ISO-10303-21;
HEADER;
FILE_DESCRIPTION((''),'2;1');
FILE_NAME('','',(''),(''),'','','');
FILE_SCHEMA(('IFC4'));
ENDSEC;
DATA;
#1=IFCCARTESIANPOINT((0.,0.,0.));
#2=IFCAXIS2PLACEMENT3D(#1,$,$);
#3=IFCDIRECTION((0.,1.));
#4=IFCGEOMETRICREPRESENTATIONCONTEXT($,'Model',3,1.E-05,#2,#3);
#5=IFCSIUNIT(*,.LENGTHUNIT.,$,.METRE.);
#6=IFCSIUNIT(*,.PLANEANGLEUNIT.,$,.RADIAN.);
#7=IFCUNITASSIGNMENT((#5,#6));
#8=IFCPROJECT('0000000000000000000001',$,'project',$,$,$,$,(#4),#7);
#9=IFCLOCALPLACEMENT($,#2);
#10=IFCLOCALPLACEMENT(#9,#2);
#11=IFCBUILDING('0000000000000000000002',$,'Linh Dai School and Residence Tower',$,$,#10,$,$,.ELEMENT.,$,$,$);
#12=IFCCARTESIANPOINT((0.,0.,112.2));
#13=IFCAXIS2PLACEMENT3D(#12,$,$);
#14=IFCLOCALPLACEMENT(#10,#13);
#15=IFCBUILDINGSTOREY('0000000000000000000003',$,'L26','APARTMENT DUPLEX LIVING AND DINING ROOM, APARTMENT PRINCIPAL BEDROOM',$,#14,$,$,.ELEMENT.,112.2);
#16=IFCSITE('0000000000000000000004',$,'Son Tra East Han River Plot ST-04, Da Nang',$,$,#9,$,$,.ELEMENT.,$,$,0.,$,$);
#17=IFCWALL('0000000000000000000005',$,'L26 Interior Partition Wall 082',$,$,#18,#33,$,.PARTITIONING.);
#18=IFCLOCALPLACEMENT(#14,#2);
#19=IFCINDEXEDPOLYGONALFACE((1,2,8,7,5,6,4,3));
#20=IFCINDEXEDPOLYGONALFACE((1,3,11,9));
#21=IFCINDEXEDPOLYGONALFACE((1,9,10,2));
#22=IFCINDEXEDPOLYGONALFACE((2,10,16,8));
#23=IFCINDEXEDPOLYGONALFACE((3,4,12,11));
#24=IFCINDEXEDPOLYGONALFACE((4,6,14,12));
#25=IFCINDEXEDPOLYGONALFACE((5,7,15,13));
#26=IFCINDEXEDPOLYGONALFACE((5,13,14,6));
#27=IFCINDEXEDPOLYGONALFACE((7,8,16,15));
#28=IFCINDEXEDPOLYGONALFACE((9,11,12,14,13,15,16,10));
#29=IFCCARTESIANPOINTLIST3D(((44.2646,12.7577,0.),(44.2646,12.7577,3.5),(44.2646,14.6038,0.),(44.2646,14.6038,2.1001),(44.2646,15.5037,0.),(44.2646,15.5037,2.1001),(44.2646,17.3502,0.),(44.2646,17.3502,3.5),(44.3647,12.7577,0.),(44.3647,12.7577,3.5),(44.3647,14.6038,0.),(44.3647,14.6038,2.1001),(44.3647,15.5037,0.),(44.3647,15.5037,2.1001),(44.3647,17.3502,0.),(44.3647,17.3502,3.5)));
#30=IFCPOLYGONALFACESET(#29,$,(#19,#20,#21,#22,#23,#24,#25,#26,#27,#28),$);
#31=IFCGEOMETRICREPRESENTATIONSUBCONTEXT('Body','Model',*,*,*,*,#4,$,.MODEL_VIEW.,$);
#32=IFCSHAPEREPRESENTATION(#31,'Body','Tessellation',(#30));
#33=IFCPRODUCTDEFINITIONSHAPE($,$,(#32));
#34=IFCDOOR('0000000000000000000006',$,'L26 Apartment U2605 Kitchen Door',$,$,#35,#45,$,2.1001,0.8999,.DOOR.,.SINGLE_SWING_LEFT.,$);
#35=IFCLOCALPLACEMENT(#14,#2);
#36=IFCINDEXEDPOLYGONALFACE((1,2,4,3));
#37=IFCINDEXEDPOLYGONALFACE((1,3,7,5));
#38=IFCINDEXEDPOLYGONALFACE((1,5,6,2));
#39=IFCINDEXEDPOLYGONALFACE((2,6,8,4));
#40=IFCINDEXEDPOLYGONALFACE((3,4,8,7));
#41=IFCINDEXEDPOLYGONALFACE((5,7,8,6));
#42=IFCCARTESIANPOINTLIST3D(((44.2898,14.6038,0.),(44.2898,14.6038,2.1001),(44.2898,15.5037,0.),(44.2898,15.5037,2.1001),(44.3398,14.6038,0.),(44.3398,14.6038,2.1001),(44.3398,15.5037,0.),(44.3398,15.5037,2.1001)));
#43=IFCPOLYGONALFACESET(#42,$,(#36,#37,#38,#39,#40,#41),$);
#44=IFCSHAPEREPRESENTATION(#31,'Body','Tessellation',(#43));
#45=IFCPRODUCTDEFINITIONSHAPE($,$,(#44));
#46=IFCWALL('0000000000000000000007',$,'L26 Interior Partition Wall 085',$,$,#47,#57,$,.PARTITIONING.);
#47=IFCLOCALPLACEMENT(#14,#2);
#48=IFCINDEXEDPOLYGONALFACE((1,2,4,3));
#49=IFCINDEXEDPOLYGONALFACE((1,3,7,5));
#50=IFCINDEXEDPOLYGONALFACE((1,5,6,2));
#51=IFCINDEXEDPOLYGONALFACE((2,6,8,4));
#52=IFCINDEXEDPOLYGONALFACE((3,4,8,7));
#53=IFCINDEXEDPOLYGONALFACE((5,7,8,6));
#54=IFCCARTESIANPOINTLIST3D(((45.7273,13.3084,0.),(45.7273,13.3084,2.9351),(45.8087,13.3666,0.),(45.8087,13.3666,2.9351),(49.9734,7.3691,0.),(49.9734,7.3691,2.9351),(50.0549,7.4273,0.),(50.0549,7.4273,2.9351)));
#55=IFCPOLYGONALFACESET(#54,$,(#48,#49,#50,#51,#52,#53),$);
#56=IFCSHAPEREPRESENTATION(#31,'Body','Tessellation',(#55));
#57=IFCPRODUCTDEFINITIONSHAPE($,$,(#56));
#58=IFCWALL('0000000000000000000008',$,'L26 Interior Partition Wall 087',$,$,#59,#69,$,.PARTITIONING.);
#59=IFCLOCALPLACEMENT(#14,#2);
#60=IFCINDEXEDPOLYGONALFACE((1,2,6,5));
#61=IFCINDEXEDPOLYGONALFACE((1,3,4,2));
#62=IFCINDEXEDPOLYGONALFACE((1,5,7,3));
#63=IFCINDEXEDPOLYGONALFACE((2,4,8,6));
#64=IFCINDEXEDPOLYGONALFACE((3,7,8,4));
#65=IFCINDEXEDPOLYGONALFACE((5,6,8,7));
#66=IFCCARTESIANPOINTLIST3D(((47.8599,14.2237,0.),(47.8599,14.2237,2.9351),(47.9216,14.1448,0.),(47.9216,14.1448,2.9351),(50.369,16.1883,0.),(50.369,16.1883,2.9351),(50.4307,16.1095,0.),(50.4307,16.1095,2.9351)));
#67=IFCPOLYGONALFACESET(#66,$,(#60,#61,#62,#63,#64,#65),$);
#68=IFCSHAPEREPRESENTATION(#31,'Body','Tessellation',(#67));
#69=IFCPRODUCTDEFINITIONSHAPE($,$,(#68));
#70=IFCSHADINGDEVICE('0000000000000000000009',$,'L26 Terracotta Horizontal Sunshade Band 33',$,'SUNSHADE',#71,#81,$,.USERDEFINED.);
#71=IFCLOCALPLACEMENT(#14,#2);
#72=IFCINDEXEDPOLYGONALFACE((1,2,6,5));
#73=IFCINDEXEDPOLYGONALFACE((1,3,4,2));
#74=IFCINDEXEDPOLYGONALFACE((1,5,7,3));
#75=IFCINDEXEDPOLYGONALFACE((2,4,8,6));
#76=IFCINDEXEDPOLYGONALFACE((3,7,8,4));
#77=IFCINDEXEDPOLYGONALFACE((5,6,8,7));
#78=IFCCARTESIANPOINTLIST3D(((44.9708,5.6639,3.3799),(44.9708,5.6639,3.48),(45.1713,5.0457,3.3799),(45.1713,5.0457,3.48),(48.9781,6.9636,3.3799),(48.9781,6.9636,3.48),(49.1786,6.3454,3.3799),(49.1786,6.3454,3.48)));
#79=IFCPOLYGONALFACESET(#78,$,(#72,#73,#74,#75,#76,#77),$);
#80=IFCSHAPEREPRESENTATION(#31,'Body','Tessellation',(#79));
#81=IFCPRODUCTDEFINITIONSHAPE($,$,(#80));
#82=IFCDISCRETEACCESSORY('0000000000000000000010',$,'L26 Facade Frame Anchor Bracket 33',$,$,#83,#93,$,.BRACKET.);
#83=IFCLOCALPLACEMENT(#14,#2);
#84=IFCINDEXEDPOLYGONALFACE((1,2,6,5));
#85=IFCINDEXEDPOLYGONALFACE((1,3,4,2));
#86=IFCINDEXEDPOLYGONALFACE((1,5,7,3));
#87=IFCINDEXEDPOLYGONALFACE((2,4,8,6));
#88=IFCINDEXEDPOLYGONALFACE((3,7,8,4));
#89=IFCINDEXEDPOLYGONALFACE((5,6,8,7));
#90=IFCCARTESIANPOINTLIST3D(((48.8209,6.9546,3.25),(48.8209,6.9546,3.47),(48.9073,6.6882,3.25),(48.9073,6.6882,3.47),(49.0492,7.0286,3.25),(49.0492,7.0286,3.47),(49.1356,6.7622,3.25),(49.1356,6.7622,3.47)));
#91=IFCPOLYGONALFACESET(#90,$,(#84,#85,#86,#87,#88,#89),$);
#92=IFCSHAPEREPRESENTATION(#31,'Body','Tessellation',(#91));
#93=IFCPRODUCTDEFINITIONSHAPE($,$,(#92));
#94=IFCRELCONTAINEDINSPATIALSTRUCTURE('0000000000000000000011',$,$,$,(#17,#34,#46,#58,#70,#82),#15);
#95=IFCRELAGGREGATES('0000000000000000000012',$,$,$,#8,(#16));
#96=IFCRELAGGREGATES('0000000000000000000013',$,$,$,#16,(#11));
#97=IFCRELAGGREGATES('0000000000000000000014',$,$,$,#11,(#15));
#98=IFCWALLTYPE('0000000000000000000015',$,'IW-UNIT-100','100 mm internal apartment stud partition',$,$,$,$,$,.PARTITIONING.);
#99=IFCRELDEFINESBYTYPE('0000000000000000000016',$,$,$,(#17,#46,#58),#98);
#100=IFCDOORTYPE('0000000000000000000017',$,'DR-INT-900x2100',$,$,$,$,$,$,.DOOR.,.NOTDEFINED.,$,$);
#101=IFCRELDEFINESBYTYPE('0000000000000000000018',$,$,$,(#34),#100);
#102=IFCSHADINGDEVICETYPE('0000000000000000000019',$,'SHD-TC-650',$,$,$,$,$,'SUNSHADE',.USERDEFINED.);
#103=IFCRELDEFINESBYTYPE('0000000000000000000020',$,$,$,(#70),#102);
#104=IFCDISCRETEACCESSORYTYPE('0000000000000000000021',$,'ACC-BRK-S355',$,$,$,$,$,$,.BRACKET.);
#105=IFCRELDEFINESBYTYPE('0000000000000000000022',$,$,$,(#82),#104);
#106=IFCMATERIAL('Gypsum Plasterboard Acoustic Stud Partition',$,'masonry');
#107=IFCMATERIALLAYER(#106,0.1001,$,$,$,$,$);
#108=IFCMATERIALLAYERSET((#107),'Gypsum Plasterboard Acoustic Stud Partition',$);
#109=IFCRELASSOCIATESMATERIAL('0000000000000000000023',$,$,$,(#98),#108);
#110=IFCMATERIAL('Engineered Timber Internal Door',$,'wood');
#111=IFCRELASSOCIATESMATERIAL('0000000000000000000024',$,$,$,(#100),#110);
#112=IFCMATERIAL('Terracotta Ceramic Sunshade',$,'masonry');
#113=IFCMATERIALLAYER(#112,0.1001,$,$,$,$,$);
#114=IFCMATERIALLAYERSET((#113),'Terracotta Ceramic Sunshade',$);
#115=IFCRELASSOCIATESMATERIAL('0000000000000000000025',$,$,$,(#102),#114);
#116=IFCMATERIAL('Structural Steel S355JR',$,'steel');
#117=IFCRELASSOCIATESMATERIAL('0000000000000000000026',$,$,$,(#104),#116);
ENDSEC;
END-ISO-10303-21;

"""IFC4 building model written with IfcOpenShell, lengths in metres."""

from ifc_helpers import new_model, si_unit, direction, frame, frame_2d, origin, origin_2d, place, context, subcontext, project, spatial, rectangle, extrude, source, transform, mapped, material, layer, layer_set, type_object, element, fill, save


model = new_model("IFC4")

# Units and contexts
model_context = context("Model", 3, precision=1e-05, world=origin(), true_north=direction((0.0, 1.0)))
body_context = subcontext(model_context, "Body", "Model", "MODEL_VIEW")
ifc_project = project(units=[si_unit("LENGTHUNIT", "METRE"), si_unit("PLANEANGLEUNIT", "RADIAN")], contexts=[model_context])

# Site, building, storey
site_placement = place(None, origin())
site = spatial("IfcSite", under=ifc_project, at=site_placement, Name="Son Tra East Han River Plot ST-04, Da Nang", CompositionType="ELEMENT", RefElevation=0.0)
building_placement = place(site_placement, origin())
building = spatial("IfcBuilding", under=site, at=building_placement, Name="Linh Dai School and Residence Tower", CompositionType="ELEMENT")
storey_placement = place(building_placement, frame((0.0, 0.0, 112.2)))
storey = spatial("IfcBuildingStorey", under=building, at=storey_placement, Name="L26", Description="APARTMENT DUPLEX LIVING AND DINING ROOM, APARTMENT PRINCIPAL BEDROOM", CompositionType="ELEMENT", Elevation=112.2)

# Shared definitions
ifc_material_1 = material(Name="Structural Steel S355JR", Category="steel")

# Wall, opening, door
ifc_material_2 = material(Name="Gypsum Plasterboard Acoustic Stud Partition", Category="masonry")
ifc_layer_1 = layer(ifc_material_2, 0.1001)
ifc_layer_set_1 = layer_set([ifc_layer_1], Name="Gypsum Plasterboard Acoustic Stud Partition")
wall_type_1 = type_object("IfcWallType", Name="IW-UNIT-100", Description="100 mm internal apartment stud partition", PredefinedType="PARTITIONING", material=ifc_layer_set_1)
wall_1_placement = place(storey_placement, frame((44.3147, 12.7576, 0.0), z_axis=(0.0, 0.0, 1.0), x_axis=(0.0, 1.0, 0.0)))
wall_1 = element("IfcWall", 1, at=wall_1_placement, inside=storey, type_object=wall_type_1, Name="L26 Interior Partition Wall 082", PredefinedType="PARTITIONING", context=body_context, shape_type="SweptSolid", body=[
    extrude(rectangle(XDim=4.5925, YDim=0.1001, at=frame_2d((2.2964, 0.0))), origin(), (0.0, 0.0, 1.0), 3.5),
])
opening_1_placement = place(wall_1_placement, frame((1.8462, 0.0, 0.0)))
opening_1 = element("IfcOpeningElement", 2, at=opening_1_placement, cuts=wall_1, PredefinedType="OPENING", context=body_context, shape_type="SweptSolid", body=[
    extrude(rectangle(XDim=0.8999, YDim=2.1001, at=origin_2d()), frame((0.45, 0.0601, 1.05), z_axis=(0.0, -1.0, 0.0), x_axis=(1.0, 0.0, 0.0)), (0.0, 0.0, 1.0), 0.1201),
])
ifc_material_3 = material(Name="Engineered Timber Internal Door", Category="wood")
door_type_1 = type_object("IfcDoorType", Name="DR-INT-900x2100", OperationType="NOTDEFINED", PredefinedType="DOOR", material=ifc_material_3)
shared_shape_1 = source(origin(), body_context, "Body", "SweptSolid", [
    extrude(rectangle(XDim=0.8999, YDim=2.1001, at=origin_2d()), frame((0.45, 0.0249, 1.05), z_axis=(0.0, -1.0, 0.0), x_axis=(1.0, 0.0, 0.0)), (0.0, 0.0, 1.0), 0.05),
])
door_1_placement = place(opening_1_placement, origin())
door_1 = element("IfcDoor", 3, at=door_1_placement, inside=storey, type_object=door_type_1, Name="L26 Apartment U2605 Kitchen Door", OperationType="SINGLE_SWING_LEFT", OverallHeight=2.1001, OverallWidth=0.8999, PredefinedType="DOOR", context=body_context, shape_type="MappedRepresentation", body=[
    mapped(shared_shape_1, transform((0.0, 0.0, 0.0), x_axis=(1.0, 0.0, 0.0), y_axis=(0.0, 1.0, 0.0), z_axis=(0.0, 0.0, 1.0), scale=1.0)),
])
fill(opening_1, door_1)

# Walls
wall_2_placement = place(storey_placement, frame((45.7681, 13.3374, 0.0), z_axis=(0.0, 0.0, 1.0), x_axis=(0.581583, -0.813487, 0.0)))
element("IfcWall", 4, at=wall_2_placement, inside=storey, type_object=wall_type_1, Name="L26 Interior Partition Wall 085", PredefinedType="PARTITIONING", context=body_context, shape_type="SweptSolid", body=[
    extrude(rectangle(XDim=7.301, YDim=0.1001, at=frame_2d((3.6504, 0.0))), origin(), (0.0, 0.0, 1.0), 2.9351),
])
wall_3_placement = place(storey_placement, frame((47.8909, 14.1843, 0.0), z_axis=(0.0, 0.0, 1.0), x_axis=(0.787351, 0.616504, 0.0)))
element("IfcWall", 5, at=wall_3_placement, inside=storey, type_object=wall_type_1, Name="L26 Interior Partition Wall 087", PredefinedType="PARTITIONING", context=body_context, shape_type="SweptSolid", body=[
    extrude(rectangle(XDim=3.1868, YDim=0.1001, at=frame_2d((1.5933, 0.0))), origin(), (0.0, 0.0, 1.0), 2.9351),
])

# Shading device
ifc_material_4 = material(Name="Terracotta Ceramic Sunshade", Category="masonry")
ifc_layer_2 = layer(ifc_material_4, 0.1001)
ifc_layer_set_2 = layer_set([ifc_layer_2], Name="Terracotta Ceramic Sunshade")
shading_device_type = type_object("IfcShadingDeviceType", Name="SHD-TC-650", ElementType="SUNSHADE", PredefinedType="USERDEFINED", material=ifc_layer_set_2)
shared_shape_2 = source(origin(), body_context, "Body", "SweptSolid", [
    extrude(rectangle(XDim=4.2129, YDim=0.6499, at=origin_2d()), origin(), (0.0, 0.0, 1.0), 0.1001),
])
shading_device_placement = place(storey_placement, frame((47.0747, 6.0046, 3.3799), z_axis=(0.0, 0.0, 1.0), x_axis=(-0.951217, -0.308522, 0.0)))
element("IfcShadingDevice", 6, at=shading_device_placement, inside=storey, type_object=shading_device_type, Name="L26 Terracotta Horizontal Sunshade Band 33", ObjectType="SUNSHADE", PredefinedType="USERDEFINED", context=body_context, shape_type="MappedRepresentation", body=[
    mapped(shared_shape_2, transform((0.0, 0.0, 0.0), x_axis=(1.0, 0.0, 0.0), y_axis=(0.0, 1.0, 0.0), z_axis=(0.0, 0.0, 1.0), scale=1.0)),
])

# Discrete accessory
discrete_accessory_type = type_object("IfcDiscreteAccessoryType", Name="ACC-BRK-S355", PredefinedType="BRACKET", material=ifc_material_1)
shared_shape_3 = source(origin(), body_context, "Body", "SweptSolid", [
    extrude(rectangle(XDim=0.28, YDim=0.24, at=origin_2d()), origin(), (0.0, 0.0, 1.0), 0.22),
])
discrete_accessory_placement = place(storey_placement, frame((48.9783, 6.8584, 3.25), z_axis=(0.0, 0.0, 1.0), x_axis=(0.308522, -0.951217, 0.0)))
element("IfcDiscreteAccessory", 7, at=discrete_accessory_placement, inside=storey, type_object=discrete_accessory_type, Name="L26 Facade Frame Anchor Bracket 33", PredefinedType="BRACKET", context=body_context, shape_type="MappedRepresentation", body=[
    mapped(shared_shape_3, transform((0.0, 0.0, 0.0), x_axis=(1.0, 0.0, 0.0), y_axis=(0.0, 1.0, 0.0), z_axis=(0.0, 0.0, 1.0), scale=1.0)),
])

save(model, "model.ifc")
